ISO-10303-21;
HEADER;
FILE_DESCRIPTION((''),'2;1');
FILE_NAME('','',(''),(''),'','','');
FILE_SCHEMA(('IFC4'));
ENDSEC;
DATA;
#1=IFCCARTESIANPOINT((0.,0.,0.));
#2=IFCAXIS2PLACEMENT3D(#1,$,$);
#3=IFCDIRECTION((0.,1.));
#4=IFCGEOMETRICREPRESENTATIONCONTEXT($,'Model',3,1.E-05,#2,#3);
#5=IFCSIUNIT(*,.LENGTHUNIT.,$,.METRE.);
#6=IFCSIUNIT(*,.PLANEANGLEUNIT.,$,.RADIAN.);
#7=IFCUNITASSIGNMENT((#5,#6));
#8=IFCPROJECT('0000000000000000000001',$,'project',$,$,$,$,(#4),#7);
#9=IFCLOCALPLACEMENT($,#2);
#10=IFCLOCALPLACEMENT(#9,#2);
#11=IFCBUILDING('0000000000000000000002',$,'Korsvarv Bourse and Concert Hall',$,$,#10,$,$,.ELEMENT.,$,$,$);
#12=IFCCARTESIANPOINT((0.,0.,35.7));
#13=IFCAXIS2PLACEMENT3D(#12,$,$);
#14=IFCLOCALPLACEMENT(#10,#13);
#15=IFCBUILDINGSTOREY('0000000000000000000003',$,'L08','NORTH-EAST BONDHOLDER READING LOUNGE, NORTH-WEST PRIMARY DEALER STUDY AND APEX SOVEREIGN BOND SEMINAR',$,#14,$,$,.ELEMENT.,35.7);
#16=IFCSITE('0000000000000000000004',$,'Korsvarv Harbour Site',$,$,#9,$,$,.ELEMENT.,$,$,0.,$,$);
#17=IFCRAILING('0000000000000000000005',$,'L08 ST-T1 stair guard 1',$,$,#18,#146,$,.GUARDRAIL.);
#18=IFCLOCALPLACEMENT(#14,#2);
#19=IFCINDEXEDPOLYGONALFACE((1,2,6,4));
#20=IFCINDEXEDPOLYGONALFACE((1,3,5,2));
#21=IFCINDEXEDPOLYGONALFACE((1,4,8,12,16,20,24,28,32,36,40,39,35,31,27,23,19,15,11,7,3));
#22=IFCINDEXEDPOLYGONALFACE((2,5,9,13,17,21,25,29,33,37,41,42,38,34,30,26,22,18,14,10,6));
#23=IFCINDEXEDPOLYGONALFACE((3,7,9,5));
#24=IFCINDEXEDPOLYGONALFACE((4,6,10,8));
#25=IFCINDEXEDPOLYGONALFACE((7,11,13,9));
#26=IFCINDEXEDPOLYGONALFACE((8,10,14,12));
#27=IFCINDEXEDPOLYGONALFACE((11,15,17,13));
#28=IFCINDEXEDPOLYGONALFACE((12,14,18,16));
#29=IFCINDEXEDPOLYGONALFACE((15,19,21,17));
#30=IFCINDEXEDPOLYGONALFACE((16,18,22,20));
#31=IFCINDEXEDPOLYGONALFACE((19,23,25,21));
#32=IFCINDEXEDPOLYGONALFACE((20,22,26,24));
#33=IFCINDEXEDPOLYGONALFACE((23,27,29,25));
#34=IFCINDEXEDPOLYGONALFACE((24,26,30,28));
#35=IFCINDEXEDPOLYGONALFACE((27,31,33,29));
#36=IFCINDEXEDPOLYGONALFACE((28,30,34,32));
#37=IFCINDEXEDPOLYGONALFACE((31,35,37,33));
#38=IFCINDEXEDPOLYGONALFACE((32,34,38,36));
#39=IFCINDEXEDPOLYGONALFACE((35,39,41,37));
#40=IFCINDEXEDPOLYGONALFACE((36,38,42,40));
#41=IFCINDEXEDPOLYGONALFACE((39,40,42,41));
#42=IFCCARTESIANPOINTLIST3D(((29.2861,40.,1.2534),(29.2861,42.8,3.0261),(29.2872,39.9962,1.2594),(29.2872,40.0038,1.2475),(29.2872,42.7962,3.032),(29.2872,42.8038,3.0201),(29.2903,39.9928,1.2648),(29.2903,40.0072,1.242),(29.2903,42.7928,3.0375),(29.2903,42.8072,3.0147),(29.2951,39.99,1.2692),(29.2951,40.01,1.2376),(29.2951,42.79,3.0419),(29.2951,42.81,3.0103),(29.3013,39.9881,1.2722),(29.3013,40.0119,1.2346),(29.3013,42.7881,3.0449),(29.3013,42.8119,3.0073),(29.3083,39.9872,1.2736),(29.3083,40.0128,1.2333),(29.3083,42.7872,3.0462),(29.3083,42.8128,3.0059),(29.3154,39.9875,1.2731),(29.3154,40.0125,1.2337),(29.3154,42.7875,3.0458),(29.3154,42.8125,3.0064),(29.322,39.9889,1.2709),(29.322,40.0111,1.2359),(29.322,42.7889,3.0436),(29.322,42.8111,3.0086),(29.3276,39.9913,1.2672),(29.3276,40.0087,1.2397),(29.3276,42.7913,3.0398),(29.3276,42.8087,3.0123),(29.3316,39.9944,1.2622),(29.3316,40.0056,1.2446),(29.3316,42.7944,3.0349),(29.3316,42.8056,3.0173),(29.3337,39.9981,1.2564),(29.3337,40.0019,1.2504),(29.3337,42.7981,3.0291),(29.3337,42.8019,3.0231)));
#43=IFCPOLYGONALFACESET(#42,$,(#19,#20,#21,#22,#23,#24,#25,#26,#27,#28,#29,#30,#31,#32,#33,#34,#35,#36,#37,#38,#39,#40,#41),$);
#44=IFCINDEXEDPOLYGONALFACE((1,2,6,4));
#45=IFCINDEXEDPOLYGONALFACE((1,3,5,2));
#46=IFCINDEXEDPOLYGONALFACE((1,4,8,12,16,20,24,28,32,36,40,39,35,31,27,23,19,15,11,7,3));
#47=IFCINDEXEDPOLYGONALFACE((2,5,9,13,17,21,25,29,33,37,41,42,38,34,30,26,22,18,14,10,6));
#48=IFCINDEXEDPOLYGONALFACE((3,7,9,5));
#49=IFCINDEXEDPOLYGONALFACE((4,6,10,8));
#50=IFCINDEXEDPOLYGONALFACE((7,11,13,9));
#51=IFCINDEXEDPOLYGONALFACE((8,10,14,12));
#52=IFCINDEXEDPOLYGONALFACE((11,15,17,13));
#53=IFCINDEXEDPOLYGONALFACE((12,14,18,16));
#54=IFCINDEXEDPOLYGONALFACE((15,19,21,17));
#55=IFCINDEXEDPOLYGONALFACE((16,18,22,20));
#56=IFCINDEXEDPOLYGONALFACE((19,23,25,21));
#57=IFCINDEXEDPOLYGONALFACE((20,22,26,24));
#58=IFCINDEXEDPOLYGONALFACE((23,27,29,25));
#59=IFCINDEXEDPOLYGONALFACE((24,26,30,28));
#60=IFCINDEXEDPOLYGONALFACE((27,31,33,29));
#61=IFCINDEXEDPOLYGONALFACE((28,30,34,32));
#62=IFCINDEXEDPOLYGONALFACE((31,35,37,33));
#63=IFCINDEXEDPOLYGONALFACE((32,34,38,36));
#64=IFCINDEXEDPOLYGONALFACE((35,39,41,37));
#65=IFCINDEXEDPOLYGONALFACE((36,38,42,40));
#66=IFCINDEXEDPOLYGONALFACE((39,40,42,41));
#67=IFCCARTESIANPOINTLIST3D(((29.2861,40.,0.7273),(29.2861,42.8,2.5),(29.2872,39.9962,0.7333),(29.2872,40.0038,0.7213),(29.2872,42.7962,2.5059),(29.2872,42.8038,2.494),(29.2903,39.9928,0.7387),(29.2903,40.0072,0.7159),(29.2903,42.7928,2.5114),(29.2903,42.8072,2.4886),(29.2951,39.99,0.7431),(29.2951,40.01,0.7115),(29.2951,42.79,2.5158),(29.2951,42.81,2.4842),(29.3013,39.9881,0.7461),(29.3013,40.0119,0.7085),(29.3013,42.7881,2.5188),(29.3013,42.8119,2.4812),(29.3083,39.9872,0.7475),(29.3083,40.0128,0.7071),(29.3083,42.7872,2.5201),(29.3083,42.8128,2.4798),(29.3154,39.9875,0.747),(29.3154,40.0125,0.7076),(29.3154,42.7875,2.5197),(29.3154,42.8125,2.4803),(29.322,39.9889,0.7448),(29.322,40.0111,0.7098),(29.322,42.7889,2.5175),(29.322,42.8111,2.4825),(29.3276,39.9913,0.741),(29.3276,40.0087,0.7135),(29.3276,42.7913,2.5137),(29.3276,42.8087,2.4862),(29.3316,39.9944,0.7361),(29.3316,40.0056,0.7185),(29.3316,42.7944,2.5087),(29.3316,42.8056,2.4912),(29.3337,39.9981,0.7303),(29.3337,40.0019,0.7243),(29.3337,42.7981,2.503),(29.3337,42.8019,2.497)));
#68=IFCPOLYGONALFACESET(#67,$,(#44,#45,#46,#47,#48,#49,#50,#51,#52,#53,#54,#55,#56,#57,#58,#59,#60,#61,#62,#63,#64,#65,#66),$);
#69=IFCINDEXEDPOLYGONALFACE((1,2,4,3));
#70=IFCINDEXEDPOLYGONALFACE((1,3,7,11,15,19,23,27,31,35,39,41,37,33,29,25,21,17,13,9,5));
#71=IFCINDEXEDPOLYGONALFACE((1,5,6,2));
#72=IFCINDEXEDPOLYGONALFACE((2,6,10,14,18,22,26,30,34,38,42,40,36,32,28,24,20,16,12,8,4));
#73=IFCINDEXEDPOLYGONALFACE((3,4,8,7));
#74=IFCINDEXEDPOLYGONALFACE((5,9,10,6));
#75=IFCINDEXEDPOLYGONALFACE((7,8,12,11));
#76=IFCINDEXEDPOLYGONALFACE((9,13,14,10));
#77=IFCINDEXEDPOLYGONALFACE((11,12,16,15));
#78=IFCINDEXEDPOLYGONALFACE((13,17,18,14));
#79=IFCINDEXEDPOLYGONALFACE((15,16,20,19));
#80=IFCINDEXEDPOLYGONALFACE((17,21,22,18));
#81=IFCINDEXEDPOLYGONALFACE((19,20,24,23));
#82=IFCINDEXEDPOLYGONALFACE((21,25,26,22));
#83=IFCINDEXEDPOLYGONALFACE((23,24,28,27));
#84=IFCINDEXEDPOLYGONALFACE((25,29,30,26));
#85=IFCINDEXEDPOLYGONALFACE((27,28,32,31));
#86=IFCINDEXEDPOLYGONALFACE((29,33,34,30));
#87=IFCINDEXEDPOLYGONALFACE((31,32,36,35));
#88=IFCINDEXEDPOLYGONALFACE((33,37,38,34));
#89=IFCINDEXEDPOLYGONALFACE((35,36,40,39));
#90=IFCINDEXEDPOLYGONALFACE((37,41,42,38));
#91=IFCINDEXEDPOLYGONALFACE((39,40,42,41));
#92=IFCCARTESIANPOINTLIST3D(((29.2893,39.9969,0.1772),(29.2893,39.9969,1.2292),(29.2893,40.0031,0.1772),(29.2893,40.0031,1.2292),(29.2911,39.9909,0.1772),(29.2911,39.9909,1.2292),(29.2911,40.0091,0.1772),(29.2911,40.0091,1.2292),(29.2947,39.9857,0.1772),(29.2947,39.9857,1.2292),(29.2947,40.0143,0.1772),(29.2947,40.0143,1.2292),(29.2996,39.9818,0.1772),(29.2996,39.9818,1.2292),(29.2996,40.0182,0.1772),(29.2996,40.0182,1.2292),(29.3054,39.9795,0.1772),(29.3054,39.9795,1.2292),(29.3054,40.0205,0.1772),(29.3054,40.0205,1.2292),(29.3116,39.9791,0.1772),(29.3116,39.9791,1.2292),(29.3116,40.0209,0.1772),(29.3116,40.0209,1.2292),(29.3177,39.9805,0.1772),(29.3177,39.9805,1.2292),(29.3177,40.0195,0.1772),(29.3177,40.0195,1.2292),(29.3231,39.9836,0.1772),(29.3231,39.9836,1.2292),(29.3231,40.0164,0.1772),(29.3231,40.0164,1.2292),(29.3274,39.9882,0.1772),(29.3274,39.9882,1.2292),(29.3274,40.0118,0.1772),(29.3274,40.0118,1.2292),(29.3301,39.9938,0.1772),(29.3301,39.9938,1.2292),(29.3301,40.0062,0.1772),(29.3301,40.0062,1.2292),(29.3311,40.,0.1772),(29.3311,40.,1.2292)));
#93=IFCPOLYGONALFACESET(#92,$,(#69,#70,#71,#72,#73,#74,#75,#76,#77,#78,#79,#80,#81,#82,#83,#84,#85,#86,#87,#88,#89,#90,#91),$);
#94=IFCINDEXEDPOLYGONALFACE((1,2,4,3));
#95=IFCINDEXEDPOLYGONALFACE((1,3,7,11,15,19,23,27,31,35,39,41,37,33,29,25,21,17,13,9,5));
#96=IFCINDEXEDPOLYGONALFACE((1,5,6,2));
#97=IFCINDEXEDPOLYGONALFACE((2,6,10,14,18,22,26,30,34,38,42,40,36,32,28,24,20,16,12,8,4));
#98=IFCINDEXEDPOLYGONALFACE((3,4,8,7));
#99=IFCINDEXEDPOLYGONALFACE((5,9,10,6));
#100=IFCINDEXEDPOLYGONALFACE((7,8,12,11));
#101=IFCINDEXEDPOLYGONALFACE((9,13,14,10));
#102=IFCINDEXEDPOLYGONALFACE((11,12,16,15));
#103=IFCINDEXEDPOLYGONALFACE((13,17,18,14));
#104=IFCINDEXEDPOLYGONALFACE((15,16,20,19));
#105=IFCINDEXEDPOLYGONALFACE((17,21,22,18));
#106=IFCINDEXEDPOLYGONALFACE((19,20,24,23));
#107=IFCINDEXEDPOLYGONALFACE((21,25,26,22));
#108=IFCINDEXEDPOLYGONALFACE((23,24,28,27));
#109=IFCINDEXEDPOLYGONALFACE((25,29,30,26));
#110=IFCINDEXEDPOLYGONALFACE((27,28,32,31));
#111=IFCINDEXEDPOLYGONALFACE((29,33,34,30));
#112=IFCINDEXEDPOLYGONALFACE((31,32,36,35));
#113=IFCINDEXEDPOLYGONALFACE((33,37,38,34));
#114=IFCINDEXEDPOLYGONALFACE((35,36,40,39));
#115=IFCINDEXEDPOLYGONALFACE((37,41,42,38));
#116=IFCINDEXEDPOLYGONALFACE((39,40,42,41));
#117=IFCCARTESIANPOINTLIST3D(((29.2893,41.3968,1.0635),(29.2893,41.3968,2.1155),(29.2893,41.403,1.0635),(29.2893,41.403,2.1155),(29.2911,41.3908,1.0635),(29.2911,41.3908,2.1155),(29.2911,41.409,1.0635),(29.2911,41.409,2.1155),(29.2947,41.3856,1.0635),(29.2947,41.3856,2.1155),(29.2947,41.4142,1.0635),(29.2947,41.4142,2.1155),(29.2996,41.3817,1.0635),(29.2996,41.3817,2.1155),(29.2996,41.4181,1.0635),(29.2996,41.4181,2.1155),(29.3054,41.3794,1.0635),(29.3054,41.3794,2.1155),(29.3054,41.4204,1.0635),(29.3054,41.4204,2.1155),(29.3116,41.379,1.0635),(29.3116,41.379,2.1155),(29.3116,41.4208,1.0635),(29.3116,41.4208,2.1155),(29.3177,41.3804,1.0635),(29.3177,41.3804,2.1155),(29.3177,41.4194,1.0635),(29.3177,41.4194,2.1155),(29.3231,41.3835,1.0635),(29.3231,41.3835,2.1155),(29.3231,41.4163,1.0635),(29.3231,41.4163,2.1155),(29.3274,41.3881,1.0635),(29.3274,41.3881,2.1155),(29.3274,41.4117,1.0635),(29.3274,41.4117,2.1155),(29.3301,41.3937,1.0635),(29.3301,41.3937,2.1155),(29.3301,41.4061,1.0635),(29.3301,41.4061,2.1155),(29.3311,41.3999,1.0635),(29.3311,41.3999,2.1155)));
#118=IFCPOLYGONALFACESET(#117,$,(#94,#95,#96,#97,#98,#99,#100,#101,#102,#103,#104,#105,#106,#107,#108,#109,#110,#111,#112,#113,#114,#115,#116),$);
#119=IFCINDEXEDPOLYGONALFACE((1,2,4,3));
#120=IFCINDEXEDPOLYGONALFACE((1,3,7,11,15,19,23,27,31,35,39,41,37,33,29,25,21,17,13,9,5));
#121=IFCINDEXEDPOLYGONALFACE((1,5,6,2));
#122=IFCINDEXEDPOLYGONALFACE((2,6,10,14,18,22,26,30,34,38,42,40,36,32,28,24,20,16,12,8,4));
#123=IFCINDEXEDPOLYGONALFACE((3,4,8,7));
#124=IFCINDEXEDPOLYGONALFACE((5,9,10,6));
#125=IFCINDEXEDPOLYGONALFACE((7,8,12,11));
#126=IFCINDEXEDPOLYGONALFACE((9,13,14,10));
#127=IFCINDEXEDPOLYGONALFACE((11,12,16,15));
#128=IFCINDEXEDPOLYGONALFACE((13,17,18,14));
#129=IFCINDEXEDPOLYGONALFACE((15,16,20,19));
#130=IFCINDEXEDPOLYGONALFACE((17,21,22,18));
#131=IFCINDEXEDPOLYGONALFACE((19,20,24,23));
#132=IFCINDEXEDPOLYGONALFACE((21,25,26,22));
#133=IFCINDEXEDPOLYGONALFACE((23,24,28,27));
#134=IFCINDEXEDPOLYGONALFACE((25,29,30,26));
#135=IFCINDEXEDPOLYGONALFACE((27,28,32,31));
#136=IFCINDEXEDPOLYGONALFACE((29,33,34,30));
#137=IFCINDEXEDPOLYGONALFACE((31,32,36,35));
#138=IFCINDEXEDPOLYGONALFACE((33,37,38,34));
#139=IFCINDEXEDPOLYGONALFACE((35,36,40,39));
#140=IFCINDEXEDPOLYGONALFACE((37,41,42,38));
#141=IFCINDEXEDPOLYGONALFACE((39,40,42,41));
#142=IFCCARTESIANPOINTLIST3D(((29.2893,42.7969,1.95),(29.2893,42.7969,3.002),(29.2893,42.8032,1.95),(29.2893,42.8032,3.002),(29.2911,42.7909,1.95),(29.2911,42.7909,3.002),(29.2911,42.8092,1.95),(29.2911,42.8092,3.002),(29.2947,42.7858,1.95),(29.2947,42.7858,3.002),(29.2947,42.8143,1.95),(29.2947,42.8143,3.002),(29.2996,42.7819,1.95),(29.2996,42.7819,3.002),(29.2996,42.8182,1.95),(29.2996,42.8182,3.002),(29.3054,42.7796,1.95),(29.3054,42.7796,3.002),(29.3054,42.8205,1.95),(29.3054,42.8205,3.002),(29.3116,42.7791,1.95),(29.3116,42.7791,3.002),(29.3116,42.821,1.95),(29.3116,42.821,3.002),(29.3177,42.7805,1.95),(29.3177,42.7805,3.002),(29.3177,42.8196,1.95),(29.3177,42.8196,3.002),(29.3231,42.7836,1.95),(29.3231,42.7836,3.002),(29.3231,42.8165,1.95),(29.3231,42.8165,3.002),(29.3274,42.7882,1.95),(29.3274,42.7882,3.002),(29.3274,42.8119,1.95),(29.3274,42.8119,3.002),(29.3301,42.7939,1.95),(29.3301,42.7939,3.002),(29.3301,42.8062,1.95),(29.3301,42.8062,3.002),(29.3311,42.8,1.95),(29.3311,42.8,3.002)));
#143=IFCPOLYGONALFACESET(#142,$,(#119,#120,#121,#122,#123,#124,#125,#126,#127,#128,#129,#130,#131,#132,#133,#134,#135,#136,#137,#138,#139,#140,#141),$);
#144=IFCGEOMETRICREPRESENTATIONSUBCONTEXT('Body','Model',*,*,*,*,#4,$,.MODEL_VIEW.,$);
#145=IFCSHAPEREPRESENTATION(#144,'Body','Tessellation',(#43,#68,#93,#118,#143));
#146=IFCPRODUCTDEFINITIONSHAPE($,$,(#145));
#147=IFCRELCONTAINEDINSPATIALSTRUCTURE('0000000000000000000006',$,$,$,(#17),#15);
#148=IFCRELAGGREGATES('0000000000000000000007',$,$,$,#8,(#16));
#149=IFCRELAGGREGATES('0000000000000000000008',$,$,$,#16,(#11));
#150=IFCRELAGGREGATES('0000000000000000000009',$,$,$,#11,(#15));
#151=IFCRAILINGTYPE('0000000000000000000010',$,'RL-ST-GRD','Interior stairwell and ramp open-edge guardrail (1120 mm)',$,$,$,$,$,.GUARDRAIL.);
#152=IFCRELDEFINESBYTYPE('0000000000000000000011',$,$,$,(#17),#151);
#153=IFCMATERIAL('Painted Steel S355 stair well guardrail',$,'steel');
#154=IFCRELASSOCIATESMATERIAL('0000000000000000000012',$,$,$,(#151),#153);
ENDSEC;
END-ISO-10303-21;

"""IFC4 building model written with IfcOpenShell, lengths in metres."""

from ifc_helpers import new_model, si_unit, direction, frame, origin, origin_2d, place, context, subcontext, project, spatial, circle, extrude, material, type_object, element, save


model = new_model("IFC4")

# Units and contexts
model_context = context("Model", 3, precision=1e-05, world=origin(), true_north=direction((0.0, 1.0)))
body_context = subcontext(model_context, "Body", "Model", "MODEL_VIEW")
ifc_project = project(units=[si_unit("LENGTHUNIT", "METRE"), si_unit("PLANEANGLEUNIT", "RADIAN")], contexts=[model_context])

# Site, building, storey
site_placement = place(None, origin())
site = spatial("IfcSite", under=ifc_project, at=site_placement, Name="Korsvarv Harbour Site", CompositionType="ELEMENT", RefElevation=0.0)
building_placement = place(site_placement, origin())
building = spatial("IfcBuilding", under=site, at=building_placement, Name="Korsvarv Bourse and Concert Hall", CompositionType="ELEMENT")
storey_placement = place(building_placement, frame((0.0, 0.0, 35.7)))
storey = spatial("IfcBuildingStorey", under=building, at=storey_placement, Name="L08", Description="NORTH-EAST BONDHOLDER READING LOUNGE, NORTH-WEST PRIMARY DEALER STUDY AND APEX SOVEREIGN BOND SEMINAR", CompositionType="ELEMENT", Elevation=35.7)

# Railing
ifc_material_1 = material(Name="Painted Steel S355 stair well guardrail", Category="steel")
railing_type_1 = type_object("IfcRailingType", Name="RL-ST-GRD", Description="Interior stairwell and ramp open-edge guardrail (1120 mm)", PredefinedType="GUARDRAIL", material=ifc_material_1)
railing_1_placement = place(storey_placement, frame((29.3101, 40.0, 0.1772)))
element("IfcRailing", 1, at=railing_1_placement, inside=storey, type_object=railing_type_1, Name="L08 ST-T1 stair guard 1", PredefinedType="GUARDRAIL", context=body_context, shape_type="SweptSolid", body=[
    extrude(circle(Radius=0.0239, at=origin_2d()), frame((0.0, 0.0, 1.0762), z_axis=(0.0, 0.844909, 0.53491), x_axis=(-1.0, 0.0, 0.0)), (0.0, 0.0, 1.0), 3.314),
    extrude(circle(Radius=0.0239, at=origin_2d()), frame((0.0, 0.0, 0.55), z_axis=(0.0, 0.844909, 0.53491), x_axis=(-1.0, 0.0, 0.0)), (0.0, 0.0, 1.0), 3.314),
    extrude(circle(Radius=0.021, at=origin_2d()), origin(), (0.0, 0.0, 1.0), 1.052),
    extrude(circle(Radius=0.021, at=origin_2d()), frame((0.0, 1.3999, 0.8862)), (0.0, 0.0, 1.0), 1.052),
    extrude(circle(Radius=0.021, at=origin_2d()), frame((0.0, 2.8, 1.7727)), (0.0, 0.0, 1.0), 1.052),
])

save(model, "model.ifc")
